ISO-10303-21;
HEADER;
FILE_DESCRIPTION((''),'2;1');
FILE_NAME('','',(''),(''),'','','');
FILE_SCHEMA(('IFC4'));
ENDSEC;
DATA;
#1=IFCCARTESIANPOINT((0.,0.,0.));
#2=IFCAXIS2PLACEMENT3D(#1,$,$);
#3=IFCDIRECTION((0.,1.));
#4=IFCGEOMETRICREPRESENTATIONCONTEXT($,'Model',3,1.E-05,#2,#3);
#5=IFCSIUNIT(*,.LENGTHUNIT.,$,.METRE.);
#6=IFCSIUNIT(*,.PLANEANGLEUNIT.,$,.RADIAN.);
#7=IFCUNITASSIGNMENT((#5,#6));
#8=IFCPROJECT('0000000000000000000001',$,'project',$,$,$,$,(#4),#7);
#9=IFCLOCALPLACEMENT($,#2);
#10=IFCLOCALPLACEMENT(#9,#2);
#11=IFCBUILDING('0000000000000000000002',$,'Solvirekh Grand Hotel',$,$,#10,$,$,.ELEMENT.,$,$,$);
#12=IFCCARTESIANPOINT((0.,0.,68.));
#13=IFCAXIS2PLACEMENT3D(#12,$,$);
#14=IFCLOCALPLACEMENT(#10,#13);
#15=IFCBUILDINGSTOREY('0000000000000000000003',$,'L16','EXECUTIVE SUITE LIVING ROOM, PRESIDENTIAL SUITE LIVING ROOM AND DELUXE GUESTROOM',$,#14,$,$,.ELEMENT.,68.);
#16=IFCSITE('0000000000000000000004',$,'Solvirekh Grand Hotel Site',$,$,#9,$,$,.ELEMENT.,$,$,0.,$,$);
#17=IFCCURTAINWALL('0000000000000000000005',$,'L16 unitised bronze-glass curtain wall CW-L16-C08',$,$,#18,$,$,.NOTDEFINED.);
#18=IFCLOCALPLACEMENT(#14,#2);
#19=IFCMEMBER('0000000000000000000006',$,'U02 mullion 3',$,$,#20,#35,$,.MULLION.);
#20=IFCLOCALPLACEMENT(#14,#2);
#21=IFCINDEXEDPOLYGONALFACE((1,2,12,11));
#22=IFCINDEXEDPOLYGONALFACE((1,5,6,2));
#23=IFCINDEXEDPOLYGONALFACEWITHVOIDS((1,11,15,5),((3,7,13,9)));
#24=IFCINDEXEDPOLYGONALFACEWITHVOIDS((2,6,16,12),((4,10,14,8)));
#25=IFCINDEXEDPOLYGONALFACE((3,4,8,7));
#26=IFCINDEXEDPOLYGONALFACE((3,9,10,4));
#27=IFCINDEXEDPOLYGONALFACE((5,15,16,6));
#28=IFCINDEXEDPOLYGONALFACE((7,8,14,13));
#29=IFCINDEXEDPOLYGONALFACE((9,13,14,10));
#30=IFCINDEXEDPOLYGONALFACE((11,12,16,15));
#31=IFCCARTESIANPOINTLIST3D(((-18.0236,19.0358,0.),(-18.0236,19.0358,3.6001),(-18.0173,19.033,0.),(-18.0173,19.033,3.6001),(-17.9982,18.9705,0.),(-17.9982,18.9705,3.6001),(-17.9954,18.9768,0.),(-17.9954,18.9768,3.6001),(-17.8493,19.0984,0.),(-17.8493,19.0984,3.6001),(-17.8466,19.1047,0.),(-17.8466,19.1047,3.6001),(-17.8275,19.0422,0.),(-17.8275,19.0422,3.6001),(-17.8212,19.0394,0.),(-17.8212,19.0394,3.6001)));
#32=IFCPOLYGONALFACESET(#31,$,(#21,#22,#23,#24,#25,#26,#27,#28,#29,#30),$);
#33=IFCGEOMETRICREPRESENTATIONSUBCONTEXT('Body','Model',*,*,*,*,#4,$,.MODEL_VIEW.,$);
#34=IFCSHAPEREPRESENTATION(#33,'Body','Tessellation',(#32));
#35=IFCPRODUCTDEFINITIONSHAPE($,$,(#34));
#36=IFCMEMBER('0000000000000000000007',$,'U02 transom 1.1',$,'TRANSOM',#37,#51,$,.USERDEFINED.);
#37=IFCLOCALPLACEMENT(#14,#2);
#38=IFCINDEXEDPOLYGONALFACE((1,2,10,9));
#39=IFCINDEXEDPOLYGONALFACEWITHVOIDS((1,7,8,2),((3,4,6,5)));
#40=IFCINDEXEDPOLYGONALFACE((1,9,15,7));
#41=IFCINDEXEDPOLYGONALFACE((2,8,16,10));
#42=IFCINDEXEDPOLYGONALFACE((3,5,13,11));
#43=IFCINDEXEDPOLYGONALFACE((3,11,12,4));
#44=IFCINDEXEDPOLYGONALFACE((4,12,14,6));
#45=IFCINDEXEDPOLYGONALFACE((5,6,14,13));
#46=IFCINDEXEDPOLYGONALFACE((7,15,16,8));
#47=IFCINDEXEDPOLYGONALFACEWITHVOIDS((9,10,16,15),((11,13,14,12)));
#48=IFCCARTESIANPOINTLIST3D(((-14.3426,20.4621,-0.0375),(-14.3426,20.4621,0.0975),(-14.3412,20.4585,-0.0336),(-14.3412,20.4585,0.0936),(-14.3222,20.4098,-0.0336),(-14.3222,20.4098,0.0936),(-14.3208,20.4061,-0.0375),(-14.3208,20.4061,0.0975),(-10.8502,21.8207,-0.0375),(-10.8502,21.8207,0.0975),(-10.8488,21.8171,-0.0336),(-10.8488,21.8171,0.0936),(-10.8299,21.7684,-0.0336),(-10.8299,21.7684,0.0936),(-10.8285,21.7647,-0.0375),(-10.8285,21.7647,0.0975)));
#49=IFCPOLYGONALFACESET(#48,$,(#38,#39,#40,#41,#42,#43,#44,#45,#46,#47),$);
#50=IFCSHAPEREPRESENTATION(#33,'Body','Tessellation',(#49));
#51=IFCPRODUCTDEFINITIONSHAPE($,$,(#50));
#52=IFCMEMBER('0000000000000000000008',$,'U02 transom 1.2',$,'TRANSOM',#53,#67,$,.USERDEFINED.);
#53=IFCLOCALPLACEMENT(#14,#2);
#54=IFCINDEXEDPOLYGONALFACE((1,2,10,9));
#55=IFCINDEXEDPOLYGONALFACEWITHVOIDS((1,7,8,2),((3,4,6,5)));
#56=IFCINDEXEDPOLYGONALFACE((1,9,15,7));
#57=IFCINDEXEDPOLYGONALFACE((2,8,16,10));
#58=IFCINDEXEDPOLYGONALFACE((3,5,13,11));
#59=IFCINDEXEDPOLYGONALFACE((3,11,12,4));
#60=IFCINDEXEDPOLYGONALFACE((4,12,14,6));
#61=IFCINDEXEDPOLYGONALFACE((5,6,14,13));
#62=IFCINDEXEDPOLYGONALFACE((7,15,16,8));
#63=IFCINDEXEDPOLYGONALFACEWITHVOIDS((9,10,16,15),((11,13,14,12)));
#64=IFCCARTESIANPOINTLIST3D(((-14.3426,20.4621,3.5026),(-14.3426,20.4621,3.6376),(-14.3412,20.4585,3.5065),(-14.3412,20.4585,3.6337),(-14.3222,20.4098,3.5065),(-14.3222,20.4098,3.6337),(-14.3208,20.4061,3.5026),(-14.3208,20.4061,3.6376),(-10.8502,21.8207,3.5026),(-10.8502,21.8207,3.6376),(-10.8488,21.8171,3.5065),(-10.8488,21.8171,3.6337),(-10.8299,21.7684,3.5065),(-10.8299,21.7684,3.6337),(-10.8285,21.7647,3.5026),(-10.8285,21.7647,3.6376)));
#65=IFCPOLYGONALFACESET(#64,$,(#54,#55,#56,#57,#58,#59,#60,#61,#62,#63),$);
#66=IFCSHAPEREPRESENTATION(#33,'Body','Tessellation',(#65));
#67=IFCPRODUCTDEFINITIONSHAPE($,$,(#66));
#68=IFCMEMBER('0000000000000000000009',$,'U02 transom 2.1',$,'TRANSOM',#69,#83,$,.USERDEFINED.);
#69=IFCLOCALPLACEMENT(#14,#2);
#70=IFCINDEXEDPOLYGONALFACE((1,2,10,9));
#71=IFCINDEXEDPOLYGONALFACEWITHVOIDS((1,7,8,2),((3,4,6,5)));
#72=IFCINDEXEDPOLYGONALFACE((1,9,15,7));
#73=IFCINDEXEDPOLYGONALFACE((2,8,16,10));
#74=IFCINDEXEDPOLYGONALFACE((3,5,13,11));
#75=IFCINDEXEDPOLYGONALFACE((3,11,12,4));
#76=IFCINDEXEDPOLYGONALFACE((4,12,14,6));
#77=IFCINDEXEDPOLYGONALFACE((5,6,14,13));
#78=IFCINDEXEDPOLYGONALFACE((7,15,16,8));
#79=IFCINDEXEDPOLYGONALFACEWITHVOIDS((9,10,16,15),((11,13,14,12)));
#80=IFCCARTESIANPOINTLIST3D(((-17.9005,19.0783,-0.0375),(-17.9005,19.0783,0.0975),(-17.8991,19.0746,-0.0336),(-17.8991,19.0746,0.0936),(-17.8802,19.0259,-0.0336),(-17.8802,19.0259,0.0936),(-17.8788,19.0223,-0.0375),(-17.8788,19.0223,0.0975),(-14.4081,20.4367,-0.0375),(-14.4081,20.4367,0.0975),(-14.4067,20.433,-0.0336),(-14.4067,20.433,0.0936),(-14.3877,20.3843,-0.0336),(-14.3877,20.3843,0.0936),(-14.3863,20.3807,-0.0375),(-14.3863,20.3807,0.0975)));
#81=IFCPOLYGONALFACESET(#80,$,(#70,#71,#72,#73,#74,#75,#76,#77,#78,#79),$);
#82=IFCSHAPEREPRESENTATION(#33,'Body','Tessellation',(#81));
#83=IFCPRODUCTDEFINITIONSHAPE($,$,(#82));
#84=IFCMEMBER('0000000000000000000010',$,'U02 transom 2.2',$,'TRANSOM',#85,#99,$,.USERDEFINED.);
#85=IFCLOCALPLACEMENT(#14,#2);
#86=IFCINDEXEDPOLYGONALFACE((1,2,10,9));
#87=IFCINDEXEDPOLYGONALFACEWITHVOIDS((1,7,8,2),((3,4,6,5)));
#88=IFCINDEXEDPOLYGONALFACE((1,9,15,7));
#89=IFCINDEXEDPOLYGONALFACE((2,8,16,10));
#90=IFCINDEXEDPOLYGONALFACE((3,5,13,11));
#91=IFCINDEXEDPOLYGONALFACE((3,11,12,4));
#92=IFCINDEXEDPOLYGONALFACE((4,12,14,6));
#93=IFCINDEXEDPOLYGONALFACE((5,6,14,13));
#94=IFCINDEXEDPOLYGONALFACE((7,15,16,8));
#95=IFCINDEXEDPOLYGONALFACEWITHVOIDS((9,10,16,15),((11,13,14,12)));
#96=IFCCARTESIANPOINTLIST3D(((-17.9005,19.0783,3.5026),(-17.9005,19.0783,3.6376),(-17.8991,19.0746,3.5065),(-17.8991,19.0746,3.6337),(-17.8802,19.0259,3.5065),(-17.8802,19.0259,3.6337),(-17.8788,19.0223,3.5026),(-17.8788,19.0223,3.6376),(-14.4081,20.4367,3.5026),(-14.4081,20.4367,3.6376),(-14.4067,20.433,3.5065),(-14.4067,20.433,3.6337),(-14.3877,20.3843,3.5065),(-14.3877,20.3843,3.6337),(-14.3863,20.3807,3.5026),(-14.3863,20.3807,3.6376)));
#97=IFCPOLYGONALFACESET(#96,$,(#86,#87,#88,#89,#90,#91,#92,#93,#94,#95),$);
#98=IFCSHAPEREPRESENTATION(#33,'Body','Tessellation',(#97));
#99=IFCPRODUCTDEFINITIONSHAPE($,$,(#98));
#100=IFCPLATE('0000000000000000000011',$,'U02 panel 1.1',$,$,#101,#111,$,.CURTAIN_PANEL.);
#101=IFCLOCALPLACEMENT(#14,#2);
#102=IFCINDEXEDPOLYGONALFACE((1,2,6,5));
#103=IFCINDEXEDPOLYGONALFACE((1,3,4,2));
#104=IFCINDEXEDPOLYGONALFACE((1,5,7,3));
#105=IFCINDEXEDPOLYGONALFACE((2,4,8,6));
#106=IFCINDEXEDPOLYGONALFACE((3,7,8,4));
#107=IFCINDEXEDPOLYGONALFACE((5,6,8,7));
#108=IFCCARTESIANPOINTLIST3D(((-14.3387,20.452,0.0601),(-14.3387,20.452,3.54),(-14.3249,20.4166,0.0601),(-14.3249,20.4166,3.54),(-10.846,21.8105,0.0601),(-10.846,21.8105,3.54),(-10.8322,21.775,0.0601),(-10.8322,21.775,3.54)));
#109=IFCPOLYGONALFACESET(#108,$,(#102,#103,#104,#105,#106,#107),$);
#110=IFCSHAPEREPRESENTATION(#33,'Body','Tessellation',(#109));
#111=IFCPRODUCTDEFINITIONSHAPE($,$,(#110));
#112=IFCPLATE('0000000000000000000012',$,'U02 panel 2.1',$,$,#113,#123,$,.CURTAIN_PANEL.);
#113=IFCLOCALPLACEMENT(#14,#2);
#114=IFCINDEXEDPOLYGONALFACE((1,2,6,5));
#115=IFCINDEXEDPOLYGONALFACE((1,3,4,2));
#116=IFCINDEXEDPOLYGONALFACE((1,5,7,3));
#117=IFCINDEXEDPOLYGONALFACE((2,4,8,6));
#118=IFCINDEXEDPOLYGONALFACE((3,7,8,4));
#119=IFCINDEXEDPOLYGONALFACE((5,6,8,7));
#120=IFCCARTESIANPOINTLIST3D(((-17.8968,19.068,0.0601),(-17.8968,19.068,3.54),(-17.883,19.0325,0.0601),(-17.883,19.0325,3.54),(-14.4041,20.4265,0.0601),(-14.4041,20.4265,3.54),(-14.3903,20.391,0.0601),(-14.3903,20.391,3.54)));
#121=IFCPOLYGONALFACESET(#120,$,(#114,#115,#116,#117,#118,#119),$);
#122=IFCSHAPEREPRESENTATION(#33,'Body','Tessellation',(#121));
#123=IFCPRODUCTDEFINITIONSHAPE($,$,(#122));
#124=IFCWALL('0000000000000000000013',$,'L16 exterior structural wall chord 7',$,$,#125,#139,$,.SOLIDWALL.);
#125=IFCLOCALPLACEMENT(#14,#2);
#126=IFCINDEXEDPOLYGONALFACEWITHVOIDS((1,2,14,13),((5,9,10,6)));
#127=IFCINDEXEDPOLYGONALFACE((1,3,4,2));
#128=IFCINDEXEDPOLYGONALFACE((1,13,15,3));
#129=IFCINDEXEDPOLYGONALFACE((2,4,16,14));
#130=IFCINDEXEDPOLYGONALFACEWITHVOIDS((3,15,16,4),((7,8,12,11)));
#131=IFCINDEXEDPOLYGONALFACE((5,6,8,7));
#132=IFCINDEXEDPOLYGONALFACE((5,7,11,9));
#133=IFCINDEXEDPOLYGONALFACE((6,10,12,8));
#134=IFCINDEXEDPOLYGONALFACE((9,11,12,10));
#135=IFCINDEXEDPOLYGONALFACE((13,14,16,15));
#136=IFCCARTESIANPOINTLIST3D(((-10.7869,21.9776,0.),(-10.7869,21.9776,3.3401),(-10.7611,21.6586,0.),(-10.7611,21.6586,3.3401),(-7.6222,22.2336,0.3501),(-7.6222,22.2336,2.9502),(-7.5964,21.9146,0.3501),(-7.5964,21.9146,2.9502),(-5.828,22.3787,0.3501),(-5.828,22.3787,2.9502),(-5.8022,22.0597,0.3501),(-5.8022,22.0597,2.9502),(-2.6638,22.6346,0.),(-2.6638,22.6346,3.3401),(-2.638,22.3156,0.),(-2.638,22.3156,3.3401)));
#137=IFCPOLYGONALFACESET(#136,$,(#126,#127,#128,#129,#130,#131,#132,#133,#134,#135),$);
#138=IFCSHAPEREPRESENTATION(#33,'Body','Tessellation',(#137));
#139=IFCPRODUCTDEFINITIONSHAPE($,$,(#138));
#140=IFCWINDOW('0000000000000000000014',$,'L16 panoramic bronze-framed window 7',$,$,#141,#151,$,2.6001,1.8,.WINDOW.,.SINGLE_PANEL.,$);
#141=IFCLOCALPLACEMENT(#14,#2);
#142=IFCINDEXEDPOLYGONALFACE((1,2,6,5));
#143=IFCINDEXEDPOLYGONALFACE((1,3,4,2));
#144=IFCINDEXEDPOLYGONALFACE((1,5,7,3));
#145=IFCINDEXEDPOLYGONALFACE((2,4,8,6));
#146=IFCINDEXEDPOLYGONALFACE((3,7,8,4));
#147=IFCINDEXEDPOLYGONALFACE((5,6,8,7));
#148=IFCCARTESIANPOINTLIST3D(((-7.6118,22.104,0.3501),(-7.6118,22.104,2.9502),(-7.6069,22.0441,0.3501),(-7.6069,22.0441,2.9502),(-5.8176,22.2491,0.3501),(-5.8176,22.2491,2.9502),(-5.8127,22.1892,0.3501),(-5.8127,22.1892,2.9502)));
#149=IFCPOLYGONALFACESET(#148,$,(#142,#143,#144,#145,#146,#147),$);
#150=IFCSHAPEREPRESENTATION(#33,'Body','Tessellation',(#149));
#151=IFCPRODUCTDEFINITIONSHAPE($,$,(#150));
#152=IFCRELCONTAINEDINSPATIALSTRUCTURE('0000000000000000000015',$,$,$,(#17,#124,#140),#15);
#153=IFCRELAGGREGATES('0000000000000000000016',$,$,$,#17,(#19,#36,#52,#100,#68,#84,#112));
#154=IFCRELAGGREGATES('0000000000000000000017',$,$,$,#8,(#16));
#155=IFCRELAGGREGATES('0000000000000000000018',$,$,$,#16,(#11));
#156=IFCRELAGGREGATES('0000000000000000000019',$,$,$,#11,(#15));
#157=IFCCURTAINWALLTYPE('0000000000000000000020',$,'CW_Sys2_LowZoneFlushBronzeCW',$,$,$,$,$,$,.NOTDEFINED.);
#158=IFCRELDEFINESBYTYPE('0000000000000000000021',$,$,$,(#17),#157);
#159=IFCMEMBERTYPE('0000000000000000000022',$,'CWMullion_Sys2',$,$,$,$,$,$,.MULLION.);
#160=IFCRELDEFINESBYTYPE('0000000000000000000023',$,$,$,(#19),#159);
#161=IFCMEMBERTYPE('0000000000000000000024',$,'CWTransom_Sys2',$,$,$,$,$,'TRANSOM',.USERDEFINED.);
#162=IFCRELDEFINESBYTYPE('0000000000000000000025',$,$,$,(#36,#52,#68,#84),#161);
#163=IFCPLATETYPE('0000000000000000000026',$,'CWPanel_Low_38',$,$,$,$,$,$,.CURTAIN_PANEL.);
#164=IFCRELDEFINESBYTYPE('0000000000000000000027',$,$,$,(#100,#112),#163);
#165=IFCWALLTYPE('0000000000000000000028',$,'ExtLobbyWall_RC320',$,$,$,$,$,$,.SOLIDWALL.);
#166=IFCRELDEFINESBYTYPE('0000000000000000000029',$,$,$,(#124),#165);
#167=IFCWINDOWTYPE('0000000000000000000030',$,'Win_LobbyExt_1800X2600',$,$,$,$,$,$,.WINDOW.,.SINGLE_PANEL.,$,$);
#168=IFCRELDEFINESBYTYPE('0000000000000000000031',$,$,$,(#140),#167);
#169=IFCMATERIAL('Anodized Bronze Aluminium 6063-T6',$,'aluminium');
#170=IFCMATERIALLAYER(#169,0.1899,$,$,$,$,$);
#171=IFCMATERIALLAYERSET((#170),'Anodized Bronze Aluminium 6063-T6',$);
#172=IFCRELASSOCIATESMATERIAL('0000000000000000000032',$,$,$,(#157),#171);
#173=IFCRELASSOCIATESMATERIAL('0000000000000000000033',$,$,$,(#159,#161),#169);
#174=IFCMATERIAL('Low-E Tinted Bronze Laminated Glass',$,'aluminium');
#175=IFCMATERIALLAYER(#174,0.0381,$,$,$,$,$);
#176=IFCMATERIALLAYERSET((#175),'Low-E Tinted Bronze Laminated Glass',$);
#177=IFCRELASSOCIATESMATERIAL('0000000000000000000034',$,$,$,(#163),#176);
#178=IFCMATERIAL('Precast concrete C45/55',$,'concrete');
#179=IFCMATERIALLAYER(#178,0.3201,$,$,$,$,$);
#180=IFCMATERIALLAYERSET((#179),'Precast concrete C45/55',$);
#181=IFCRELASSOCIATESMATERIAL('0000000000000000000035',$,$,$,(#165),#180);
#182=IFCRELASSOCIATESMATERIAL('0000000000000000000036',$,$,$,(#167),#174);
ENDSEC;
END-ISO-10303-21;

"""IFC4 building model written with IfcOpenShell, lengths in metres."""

from ifc_helpers import new_model, si_unit, direction, frame, frame_2d, origin, origin_2d, place, context, subcontext, project, spatial, rectangle, hollow_rectangle, extrude, source, transform, mapped, material, layer, layer_set, material_profile, profile_set, type_object, element, fill, aggregate, save


model = new_model("IFC4")

# Units and contexts
model_context = context("Model", 3, precision=1e-05, world=origin(), true_north=direction((0.0, 1.0)))
body_context = subcontext(model_context, "Body", "Model", "MODEL_VIEW")
ifc_project = project(units=[si_unit("LENGTHUNIT", "METRE"), si_unit("PLANEANGLEUNIT", "RADIAN")], contexts=[model_context])

# Site, building, storey
site_placement = place(None, origin())
site = spatial("IfcSite", under=ifc_project, at=site_placement, Name="Solvirekh Grand Hotel Site", CompositionType="ELEMENT", RefElevation=0.0)
building_placement = place(site_placement, origin())
building = spatial("IfcBuilding", under=site, at=building_placement, Name="Solvirekh Grand Hotel", CompositionType="ELEMENT")
storey_placement = place(building_placement, frame((0.0, 0.0, 68.0)))
storey = spatial("IfcBuildingStorey", under=building, at=storey_placement, Name="L16", Description="EXECUTIVE SUITE LIVING ROOM, PRESIDENTIAL SUITE LIVING ROOM AND DELUXE GUESTROOM", CompositionType="ELEMENT", Elevation=68.0)

# Curtain wall, members, plates
ifc_material_1 = material(Name="Anodized Bronze Aluminium 6063-T6", Category="aluminium")
ifc_layer_1 = layer(ifc_material_1, 0.1899)
ifc_layer_set_1 = layer_set([ifc_layer_1], Name="Anodized Bronze Aluminium 6063-T6")
curtain_wall_type = type_object("IfcCurtainWallType", Name="CW_Sys2_LowZoneFlushBronzeCW", PredefinedType="NOTDEFINED", material=ifc_layer_set_1)
curtain_wall_placement = place(storey_placement, origin())
curtain_wall = element("IfcCurtainWall", 1, at=curtain_wall_placement, inside=storey, type_object=curtain_wall_type, Name="L16 unitised bronze-glass curtain wall CW-L16-C08", PredefinedType="NOTDEFINED")
ifc_material_profile_1 = material_profile(ifc_material_1, hollow_rectangle(XDim=0.0701, YDim=0.1899, WallThickness=0.0049, at=origin_2d()), Name="ALU RHS 190X70X5")
ifc_profile_set_1 = profile_set([ifc_material_profile_1], Name="Anodized Bronze Aluminium 6063-T6")
member_type_1 = type_object("IfcMemberType", Name="CWMullion_Sys2", PredefinedType="MULLION", material=ifc_profile_set_1)
shared_shape_1 = source(origin(), body_context, "Body", "SweptSolid", [
    extrude(hollow_rectangle(XDim=0.0701, YDim=0.1899, WallThickness=0.0049, at=origin_2d()), origin(), (0.0, 0.0, 1.0), 3.6001),
])
member_1_placement = place(storey_placement, frame((-17.9224, 19.0376, 0.0), z_axis=(0.0, 0.0, 1.0), x_axis=(0.36249, -0.931988, 0.0)))
member_1 = element("IfcMember", 2, at=member_1_placement, type_object=member_type_1, Name="U02 mullion 3", PredefinedType="MULLION", context=body_context, shape_type="MappedRepresentation", body=[
    mapped(shared_shape_1, transform((0.0, 0.0, 0.0), x_axis=(1.0, 0.0, 0.0), y_axis=(0.0, 1.0, 0.0), z_axis=(0.0, 0.0, 1.0), scale=1.0)),
])
ifc_material_profile_2 = material_profile(ifc_material_1, hollow_rectangle(XDim=0.0601, YDim=0.135, WallThickness=0.0039, at=origin_2d()), Name="ALU RHS 135X60X4")
ifc_profile_set_2 = profile_set([ifc_material_profile_2], Name="Anodized Bronze Aluminium 6063-T6")
member_type_2 = type_object("IfcMemberType", Name="CWTransom_Sys2", ElementType="TRANSOM", PredefinedType="USERDEFINED", material=ifc_profile_set_2)
shared_shape_2 = source(origin(), body_context, "Body", "SweptSolid", [
    extrude(hollow_rectangle(XDim=0.0601, YDim=0.135, WallThickness=0.0039, at=origin_2d()), origin(), (0.0, 0.0, 1.0), 3.7473),
])
member_2_placement = place(storey_placement, frame((-10.8394, 21.7927, 0.03), z_axis=(-0.931962, -0.362556, 0.0), x_axis=(0.362556, -0.931962, 0.0)))
member_2 = element("IfcMember", 3, at=member_2_placement, type_object=member_type_2, Name="U02 transom 1.1", ObjectType="TRANSOM", PredefinedType="USERDEFINED", context=body_context, shape_type="MappedRepresentation", body=[
    mapped(shared_shape_2, transform((0.0, 0.0, 0.0), x_axis=(1.0, 0.0, 0.0), y_axis=(0.0, 1.0, 0.0), z_axis=(0.0, 0.0, 1.0), scale=1.0)),
])
member_3_placement = place(storey_placement, frame((-10.8394, 21.7927, 3.5701), z_axis=(-0.931962, -0.362556, 0.0), x_axis=(0.362556, -0.931962, 0.0)))
member_3 = element("IfcMember", 4, at=member_3_placement, type_object=member_type_2, Name="U02 transom 1.2", ObjectType="TRANSOM", PredefinedType="USERDEFINED", context=body_context, shape_type="MappedRepresentation", body=[
    mapped(shared_shape_2, transform((0.0, 0.0, 0.0), x_axis=(1.0, 0.0, 0.0), y_axis=(0.0, 1.0, 0.0), z_axis=(0.0, 0.0, 1.0), scale=1.0)),
])
member_4_placement = place(storey_placement, frame((-14.3972, 20.4087, 0.03), z_axis=(-0.931984, -0.3625, 0.0), x_axis=(0.3625, -0.931984, 0.0)))
member_4 = element("IfcMember", 5, at=member_4_placement, type_object=member_type_2, Name="U02 transom 2.1", ObjectType="TRANSOM", PredefinedType="USERDEFINED", context=body_context, shape_type="MappedRepresentation", body=[
    mapped(shared_shape_2, transform((0.0, 0.0, 0.0), x_axis=(1.0, 0.0, 0.0), y_axis=(0.0, 1.0, 0.0), z_axis=(0.0, 0.0, 1.0), scale=1.0)),
])
member_5_placement = place(storey_placement, frame((-14.3972, 20.4087, 3.5701), z_axis=(-0.931984, -0.3625, 0.0), x_axis=(0.3625, -0.931984, 0.0)))
member_5 = element("IfcMember", 6, at=member_5_placement, type_object=member_type_2, Name="U02 transom 2.2", ObjectType="TRANSOM", PredefinedType="USERDEFINED", context=body_context, shape_type="MappedRepresentation", body=[
    mapped(shared_shape_2, transform((0.0, 0.0, 0.0), x_axis=(1.0, 0.0, 0.0), y_axis=(0.0, 1.0, 0.0), z_axis=(0.0, 0.0, 1.0), scale=1.0)),
])
ifc_material_2 = material(Name="Low-E Tinted Bronze Laminated Glass", Category="aluminium")
ifc_layer_2 = layer(ifc_material_2, 0.0381)
ifc_layer_set_2 = layer_set([ifc_layer_2], Name="Low-E Tinted Bronze Laminated Glass")
plate_type = type_object("IfcPlateType", Name="CWPanel_Low_38", PredefinedType="CURTAIN_PANEL", material=ifc_layer_set_2)
shared_shape_3 = source(origin(), body_context, "Body", "SweptSolid", [
    extrude(rectangle(XDim=3.7476, YDim=0.0381, at=origin_2d()), origin(), (0.0, 0.0, 1.0), 3.48),
])
plate_1_placement = place(storey_placement, frame((-12.5854, 21.1135, 0.0601), z_axis=(0.0, 0.0, 1.0), x_axis=(-0.931988, -0.36249, 0.0)))
plate_1 = element("IfcPlate", 7, at=plate_1_placement, type_object=plate_type, Name="U02 panel 1.1", PredefinedType="CURTAIN_PANEL", context=body_context, shape_type="MappedRepresentation", body=[
    mapped(shared_shape_3, transform((0.0, 0.0, 0.0), x_axis=(1.0, 0.0, 0.0), y_axis=(0.0, 1.0, 0.0), z_axis=(0.0, 0.0, 1.0), scale=1.0)),
])
plate_2_placement = place(storey_placement, frame((-16.1436, 19.7295, 0.0601), z_axis=(0.0, 0.0, 1.0), x_axis=(-0.931988, -0.36249, 0.0)))
plate_2 = element("IfcPlate", 8, at=plate_2_placement, type_object=plate_type, Name="U02 panel 2.1", PredefinedType="CURTAIN_PANEL", context=body_context, shape_type="MappedRepresentation", body=[
    mapped(shared_shape_3, transform((0.0, 0.0, 0.0), x_axis=(1.0, 0.0, 0.0), y_axis=(0.0, 1.0, 0.0), z_axis=(0.0, 0.0, 1.0), scale=1.0)),
])
aggregate(curtain_wall, [member_1, member_2, member_3, plate_1, member_4, member_5, plate_2])

# Wall, opening, window
ifc_material_3 = material(Name="Precast concrete C45/55", Category="concrete")
ifc_layer_3 = layer(ifc_material_3, 0.3201)
ifc_layer_set_3 = layer_set([ifc_layer_3], Name="Precast concrete C45/55")
wall_type_1 = type_object("IfcWallType", Name="ExtLobbyWall_RC320", PredefinedType="SOLIDWALL", material=ifc_layer_set_3)
wall_1_placement = place(storey_placement, frame((-10.7739, 21.8181, 0.0), z_axis=(0.0, 0.0, 1.0), x_axis=(0.996745, 0.080616, 0.0)))
wall_1 = element("IfcWall", 9, at=wall_1_placement, inside=storey, type_object=wall_type_1, Name="L16 exterior structural wall chord 7", PredefinedType="SOLIDWALL", context=body_context, shape_type="SweptSolid", body=[
    extrude(rectangle(XDim=8.1497, YDim=0.3201, at=frame_2d((4.0747, 0.0))), origin(), (0.0, 0.0, 1.0), 3.3401),
])
opening_1_placement = place(wall_1_placement, frame((3.175, 0.0, 0.3501)))
opening_1 = element("IfcOpeningElement", 10, at=opening_1_placement, cuts=wall_1, PredefinedType="OPENING", context=body_context, shape_type="SweptSolid", body=[
    extrude(rectangle(XDim=1.8, YDim=2.6001, at=frame_2d((0.8999, 1.3))), frame((0.0, 0.1699, 0.0), z_axis=(0.0, -1.0, 0.0), x_axis=(1.0, 0.0, 0.0)), (0.0, 0.0, 1.0), 0.3401),
])
window_type = type_object("IfcWindowType", Name="Win_LobbyExt_1800X2600", PartitioningType="SINGLE_PANEL", PredefinedType="WINDOW", material=ifc_material_2)
window_1_placement = place(opening_1_placement, origin())
window_1 = element("IfcWindow", 11, at=window_1_placement, inside=storey, type_object=window_type, Name="L16 panoramic bronze-framed window 7", OverallHeight=2.6001, OverallWidth=1.8, PartitioningType="SINGLE_PANEL", PredefinedType="WINDOW", context=body_context, shape_type="SweptSolid", body=[
    extrude(rectangle(XDim=1.8, YDim=2.6001, at=frame_2d((0.8999, 1.3))), frame((0.0, 0.03, 0.0), z_axis=(0.0, -1.0, 0.0), x_axis=(1.0, 0.0, 0.0)), (0.0, 0.0, 1.0), 0.0601),
])
fill(opening_1, window_1)

save(model, "model.ifc")
